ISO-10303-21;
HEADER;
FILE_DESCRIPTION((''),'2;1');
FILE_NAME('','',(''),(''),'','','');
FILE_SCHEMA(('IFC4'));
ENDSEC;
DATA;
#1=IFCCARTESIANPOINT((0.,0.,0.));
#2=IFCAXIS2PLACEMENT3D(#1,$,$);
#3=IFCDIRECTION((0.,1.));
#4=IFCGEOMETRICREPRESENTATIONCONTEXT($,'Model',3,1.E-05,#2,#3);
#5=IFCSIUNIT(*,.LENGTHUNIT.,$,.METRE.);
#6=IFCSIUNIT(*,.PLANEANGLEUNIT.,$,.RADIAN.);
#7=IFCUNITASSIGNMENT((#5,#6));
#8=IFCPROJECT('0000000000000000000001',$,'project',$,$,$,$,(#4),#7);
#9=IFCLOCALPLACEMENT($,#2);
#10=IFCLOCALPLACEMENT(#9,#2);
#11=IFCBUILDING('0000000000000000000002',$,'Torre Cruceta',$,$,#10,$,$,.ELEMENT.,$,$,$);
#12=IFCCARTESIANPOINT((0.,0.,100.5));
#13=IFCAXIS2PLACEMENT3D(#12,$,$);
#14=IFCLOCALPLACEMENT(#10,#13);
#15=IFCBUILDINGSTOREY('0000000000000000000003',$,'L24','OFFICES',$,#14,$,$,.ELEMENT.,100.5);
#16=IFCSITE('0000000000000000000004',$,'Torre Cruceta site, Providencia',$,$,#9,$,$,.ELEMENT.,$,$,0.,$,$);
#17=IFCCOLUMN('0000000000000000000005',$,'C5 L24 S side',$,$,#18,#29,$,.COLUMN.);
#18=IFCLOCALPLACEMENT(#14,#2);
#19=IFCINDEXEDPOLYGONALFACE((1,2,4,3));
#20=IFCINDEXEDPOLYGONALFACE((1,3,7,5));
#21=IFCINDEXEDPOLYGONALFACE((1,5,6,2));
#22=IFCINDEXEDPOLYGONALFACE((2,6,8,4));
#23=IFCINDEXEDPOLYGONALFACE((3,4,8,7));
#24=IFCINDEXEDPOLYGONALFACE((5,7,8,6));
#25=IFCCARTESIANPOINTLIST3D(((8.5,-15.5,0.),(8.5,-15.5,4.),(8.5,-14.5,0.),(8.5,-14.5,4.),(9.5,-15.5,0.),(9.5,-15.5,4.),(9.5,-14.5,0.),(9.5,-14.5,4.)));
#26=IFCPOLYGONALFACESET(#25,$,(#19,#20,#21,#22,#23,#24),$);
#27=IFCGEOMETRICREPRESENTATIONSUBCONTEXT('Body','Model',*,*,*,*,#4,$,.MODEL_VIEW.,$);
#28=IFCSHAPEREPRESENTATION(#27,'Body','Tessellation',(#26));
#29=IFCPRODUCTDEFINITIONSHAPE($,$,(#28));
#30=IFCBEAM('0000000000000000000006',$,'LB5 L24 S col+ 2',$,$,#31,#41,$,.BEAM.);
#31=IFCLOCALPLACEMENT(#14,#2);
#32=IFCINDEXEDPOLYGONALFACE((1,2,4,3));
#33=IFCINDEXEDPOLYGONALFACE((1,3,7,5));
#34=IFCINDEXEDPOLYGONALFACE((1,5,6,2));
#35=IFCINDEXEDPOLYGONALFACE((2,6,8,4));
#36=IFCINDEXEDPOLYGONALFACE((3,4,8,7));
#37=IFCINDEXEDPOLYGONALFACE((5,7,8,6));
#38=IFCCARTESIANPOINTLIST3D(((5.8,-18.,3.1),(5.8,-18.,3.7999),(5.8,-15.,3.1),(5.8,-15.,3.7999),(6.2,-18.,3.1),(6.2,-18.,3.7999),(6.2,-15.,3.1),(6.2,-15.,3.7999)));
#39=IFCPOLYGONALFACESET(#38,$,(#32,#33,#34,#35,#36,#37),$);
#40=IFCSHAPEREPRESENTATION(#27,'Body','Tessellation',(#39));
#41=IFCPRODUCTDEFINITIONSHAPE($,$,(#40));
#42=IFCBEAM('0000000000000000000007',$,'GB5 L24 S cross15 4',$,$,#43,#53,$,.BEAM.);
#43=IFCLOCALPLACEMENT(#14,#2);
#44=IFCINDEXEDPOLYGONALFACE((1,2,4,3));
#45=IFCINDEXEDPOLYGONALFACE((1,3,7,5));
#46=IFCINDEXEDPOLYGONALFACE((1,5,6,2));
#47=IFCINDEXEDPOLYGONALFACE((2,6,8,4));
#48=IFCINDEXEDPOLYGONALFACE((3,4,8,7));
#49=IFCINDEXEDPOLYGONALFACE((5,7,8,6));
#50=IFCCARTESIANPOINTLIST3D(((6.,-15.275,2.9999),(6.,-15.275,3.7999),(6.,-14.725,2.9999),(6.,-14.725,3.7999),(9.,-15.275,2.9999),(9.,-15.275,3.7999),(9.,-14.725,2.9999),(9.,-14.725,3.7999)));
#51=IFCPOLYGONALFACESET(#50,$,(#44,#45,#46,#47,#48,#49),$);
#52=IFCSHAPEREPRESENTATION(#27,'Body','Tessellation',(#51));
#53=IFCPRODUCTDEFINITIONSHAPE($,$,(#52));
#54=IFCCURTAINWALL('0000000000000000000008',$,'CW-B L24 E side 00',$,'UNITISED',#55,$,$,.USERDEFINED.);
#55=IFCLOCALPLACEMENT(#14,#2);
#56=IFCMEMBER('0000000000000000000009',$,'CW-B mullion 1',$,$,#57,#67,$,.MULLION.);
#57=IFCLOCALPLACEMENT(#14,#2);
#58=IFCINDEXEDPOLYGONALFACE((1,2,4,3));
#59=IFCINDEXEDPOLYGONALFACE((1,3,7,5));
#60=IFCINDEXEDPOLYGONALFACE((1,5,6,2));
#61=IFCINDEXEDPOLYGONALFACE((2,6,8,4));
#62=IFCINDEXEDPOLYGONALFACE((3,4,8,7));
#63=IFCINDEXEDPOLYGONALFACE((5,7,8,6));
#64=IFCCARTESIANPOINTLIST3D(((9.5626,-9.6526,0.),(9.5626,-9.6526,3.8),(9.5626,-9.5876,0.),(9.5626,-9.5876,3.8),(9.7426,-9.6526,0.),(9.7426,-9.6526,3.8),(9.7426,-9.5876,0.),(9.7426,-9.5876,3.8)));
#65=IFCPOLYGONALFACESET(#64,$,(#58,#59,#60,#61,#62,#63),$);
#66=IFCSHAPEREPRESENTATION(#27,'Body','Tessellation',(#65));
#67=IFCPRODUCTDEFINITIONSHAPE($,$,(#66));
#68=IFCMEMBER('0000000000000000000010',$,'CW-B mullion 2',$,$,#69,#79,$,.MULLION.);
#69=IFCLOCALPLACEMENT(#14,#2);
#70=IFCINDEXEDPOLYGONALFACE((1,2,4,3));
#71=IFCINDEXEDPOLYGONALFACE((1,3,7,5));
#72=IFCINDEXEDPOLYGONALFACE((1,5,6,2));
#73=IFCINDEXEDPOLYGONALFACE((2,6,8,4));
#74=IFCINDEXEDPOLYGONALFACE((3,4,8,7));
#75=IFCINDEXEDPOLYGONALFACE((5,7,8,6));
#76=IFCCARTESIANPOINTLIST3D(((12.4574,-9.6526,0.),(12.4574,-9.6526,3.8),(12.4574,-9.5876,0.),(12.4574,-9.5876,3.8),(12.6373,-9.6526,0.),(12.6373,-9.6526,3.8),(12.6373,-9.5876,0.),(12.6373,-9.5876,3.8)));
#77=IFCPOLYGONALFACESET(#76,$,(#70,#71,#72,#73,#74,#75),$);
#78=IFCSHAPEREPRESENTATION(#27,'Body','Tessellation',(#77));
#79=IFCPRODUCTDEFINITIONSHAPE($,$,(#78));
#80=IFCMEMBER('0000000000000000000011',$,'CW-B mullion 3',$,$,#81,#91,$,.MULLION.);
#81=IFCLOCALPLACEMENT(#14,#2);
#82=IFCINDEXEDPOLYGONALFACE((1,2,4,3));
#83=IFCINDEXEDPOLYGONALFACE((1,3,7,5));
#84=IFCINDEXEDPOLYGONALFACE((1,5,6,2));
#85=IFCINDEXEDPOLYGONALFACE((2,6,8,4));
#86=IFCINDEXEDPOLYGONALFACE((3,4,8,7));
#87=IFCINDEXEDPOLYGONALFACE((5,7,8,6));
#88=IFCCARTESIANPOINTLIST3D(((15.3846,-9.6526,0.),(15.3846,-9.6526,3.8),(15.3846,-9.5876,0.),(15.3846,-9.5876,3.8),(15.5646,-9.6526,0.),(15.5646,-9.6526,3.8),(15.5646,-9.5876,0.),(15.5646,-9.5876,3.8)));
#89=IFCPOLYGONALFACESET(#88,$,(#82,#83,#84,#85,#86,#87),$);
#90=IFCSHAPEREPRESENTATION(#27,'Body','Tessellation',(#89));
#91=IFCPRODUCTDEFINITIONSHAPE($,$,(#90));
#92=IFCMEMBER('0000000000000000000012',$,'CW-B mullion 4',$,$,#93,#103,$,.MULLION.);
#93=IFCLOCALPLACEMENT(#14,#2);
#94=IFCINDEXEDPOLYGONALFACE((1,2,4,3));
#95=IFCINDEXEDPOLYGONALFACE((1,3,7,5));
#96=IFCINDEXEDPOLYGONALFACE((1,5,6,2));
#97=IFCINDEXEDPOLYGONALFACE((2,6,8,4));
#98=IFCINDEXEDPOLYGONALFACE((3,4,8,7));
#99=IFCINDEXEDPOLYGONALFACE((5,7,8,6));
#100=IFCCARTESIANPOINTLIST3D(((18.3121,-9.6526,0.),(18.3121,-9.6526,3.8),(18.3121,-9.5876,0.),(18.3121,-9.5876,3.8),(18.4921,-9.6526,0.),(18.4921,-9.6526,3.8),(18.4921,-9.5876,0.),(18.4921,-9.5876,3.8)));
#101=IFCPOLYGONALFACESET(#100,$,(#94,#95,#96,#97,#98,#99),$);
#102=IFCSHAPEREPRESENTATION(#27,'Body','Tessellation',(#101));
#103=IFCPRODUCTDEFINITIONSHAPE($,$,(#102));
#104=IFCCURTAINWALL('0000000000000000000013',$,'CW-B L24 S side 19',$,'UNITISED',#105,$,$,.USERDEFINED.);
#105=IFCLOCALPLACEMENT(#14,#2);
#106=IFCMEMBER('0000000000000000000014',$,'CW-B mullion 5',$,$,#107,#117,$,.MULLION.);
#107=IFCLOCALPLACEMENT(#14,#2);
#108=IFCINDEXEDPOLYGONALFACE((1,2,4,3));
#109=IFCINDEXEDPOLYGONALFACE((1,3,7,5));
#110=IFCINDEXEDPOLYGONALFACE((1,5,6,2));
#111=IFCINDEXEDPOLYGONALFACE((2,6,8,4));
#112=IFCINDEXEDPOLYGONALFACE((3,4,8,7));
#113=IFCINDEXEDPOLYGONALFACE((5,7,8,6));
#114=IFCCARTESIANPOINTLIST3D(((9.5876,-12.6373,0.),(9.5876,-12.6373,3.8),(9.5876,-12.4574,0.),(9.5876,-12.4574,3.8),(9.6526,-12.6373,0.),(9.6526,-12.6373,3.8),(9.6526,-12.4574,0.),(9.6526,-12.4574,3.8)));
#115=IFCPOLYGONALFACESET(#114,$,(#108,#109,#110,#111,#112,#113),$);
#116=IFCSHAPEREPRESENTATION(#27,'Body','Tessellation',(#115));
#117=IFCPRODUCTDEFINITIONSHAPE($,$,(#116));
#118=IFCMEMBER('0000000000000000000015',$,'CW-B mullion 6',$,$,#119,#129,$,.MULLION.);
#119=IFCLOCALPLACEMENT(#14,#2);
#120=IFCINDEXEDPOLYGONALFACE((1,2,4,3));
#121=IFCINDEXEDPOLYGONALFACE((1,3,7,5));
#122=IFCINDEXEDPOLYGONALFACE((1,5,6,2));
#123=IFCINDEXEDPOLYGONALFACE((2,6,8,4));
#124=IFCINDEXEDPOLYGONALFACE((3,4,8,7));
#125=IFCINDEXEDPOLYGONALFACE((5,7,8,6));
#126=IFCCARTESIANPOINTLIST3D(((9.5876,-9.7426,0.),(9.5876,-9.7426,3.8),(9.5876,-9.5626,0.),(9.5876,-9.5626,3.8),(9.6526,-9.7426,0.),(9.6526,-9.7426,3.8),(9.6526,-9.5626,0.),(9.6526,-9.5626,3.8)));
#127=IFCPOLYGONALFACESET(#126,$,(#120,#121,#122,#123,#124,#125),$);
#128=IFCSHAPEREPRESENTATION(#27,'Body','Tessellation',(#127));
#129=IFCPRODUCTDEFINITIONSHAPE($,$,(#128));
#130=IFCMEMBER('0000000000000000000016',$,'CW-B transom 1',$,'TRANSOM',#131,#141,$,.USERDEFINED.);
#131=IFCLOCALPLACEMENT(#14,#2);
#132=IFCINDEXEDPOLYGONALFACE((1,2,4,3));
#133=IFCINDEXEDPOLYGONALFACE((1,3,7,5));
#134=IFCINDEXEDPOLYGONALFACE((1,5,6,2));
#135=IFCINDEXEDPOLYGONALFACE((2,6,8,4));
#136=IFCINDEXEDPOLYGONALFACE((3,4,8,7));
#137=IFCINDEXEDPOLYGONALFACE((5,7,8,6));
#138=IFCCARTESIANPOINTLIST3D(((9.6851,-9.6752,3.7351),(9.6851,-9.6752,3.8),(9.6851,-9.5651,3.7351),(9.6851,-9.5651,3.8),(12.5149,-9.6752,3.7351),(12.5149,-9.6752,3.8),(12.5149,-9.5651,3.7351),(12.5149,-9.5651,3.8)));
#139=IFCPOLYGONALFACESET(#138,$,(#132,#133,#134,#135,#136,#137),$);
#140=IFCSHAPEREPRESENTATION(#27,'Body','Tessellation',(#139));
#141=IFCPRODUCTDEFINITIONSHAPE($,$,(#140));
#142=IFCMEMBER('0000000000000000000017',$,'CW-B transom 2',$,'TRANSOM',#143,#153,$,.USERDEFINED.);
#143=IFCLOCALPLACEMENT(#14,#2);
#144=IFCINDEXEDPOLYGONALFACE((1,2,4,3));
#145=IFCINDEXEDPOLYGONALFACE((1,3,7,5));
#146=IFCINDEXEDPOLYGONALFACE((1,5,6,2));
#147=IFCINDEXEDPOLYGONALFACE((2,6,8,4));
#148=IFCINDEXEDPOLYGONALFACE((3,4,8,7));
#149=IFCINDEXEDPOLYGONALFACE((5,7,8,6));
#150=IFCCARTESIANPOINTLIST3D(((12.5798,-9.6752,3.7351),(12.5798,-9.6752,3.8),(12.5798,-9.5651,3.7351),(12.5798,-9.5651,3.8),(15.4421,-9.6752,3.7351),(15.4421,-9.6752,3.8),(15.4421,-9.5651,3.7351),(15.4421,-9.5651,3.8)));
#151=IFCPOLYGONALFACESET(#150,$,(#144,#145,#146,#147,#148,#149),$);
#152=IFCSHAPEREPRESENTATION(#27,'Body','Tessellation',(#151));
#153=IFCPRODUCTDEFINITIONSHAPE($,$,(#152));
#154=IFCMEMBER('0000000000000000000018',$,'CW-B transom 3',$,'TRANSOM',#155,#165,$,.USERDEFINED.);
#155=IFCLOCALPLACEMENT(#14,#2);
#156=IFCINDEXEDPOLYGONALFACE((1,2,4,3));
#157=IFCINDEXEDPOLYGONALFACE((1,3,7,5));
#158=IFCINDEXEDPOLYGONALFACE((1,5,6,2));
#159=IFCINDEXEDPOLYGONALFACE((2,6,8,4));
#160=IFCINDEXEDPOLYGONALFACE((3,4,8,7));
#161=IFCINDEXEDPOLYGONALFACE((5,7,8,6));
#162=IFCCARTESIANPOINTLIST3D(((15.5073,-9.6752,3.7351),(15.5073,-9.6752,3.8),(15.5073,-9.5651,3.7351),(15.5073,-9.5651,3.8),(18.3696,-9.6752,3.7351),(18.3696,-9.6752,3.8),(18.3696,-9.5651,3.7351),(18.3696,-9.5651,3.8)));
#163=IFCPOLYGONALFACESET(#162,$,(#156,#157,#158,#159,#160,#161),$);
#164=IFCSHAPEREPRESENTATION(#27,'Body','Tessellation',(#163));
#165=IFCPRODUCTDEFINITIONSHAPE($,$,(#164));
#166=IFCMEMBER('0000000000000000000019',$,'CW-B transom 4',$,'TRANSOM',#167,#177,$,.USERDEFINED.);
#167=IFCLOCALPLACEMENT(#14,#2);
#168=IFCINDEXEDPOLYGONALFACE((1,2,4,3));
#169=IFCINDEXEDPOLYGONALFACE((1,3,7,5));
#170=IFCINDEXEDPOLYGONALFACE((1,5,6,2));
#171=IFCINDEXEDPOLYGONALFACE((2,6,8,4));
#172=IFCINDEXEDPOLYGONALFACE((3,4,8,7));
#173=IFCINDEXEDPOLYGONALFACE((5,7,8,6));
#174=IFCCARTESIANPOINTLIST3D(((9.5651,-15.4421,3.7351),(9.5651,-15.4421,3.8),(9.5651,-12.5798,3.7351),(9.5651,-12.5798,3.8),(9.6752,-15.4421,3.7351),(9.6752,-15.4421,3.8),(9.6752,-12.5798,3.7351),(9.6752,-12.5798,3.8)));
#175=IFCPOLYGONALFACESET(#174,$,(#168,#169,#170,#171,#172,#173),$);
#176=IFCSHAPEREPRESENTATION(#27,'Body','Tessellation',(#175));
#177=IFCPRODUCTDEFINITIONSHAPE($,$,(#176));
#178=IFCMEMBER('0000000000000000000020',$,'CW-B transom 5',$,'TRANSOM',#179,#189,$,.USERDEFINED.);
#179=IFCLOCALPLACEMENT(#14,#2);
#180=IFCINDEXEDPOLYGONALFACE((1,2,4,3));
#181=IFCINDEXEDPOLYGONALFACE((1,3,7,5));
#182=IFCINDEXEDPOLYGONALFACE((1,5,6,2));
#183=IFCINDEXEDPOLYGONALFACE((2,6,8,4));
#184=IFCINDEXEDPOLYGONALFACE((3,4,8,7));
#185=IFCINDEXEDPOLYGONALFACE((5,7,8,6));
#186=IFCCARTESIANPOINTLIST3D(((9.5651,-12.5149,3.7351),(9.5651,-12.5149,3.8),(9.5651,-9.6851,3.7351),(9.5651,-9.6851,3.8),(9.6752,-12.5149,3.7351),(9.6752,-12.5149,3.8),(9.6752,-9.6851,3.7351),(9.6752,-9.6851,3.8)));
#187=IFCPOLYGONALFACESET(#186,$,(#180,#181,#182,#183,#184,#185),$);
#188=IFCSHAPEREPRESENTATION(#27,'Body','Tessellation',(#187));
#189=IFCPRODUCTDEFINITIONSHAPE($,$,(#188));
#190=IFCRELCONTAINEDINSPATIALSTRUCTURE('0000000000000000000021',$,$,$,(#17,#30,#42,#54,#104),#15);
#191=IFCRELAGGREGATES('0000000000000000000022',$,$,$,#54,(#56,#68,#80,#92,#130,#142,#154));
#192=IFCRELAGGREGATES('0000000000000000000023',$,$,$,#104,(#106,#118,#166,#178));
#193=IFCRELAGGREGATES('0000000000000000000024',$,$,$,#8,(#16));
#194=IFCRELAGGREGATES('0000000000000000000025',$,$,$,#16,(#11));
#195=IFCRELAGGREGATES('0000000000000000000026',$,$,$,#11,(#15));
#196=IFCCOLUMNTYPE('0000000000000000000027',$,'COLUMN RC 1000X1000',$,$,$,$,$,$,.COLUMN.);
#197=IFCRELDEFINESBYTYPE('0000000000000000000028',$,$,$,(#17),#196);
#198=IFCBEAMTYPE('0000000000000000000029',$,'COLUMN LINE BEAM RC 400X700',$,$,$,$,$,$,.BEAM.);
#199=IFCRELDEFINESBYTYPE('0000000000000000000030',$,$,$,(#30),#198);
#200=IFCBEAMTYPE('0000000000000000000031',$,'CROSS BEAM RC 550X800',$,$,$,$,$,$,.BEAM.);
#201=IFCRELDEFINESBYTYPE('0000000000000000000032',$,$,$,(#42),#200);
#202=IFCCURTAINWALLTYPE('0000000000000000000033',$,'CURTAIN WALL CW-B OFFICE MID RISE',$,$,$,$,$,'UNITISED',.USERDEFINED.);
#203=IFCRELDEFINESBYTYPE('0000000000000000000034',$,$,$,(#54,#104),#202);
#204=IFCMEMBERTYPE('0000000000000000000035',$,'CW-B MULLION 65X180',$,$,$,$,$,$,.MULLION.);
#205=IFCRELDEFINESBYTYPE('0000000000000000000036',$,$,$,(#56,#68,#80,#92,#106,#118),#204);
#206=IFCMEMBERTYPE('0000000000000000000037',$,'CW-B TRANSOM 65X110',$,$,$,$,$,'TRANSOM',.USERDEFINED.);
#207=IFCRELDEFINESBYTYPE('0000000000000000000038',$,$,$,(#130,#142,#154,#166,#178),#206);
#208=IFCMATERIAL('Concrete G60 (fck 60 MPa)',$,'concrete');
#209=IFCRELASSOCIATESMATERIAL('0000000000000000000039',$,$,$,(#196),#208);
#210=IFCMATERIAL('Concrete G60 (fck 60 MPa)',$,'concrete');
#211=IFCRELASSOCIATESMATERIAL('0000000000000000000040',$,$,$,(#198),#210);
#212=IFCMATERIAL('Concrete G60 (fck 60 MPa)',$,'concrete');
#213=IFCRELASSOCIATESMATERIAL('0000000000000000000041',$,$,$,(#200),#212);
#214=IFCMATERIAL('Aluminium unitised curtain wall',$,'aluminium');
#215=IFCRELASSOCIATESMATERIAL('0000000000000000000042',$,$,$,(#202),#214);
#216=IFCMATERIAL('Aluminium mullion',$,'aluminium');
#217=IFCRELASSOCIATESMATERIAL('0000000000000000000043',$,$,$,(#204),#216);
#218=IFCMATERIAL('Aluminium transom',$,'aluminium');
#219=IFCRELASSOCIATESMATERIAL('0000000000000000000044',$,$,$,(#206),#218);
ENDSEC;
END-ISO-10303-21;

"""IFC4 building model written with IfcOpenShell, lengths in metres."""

from ifc_helpers import new_model, si_unit, direction, frame, origin, origin_2d, place, context, subcontext, project, spatial, rectangle, extrude, material, material_profile, profile_set, type_object, element, aggregate, save


model = new_model("IFC4")

# Units and contexts
model_context = context("Model", 3, precision=1e-05, world=origin(), true_north=direction((0.0, 1.0)))
body_context = subcontext(model_context, "Body", "Model", "MODEL_VIEW")
ifc_project = project(units=[si_unit("LENGTHUNIT", "METRE"), si_unit("PLANEANGLEUNIT", "RADIAN")], contexts=[model_context])

# Site, building, storey
site_placement = place(None, origin())
site = spatial("IfcSite", under=ifc_project, at=site_placement, Name="Torre Cruceta site, Providencia", CompositionType="ELEMENT", RefElevation=0.0)
building_placement = place(site_placement, origin())
building = spatial("IfcBuilding", under=site, at=building_placement, Name="Torre Cruceta", CompositionType="ELEMENT")
storey_placement = place(building_placement, frame((0.0, 0.0, 100.5)))
storey = spatial("IfcBuildingStorey", under=building, at=storey_placement, Name="L24", Description="OFFICES", CompositionType="ELEMENT", Elevation=100.5)

# Column
ifc_material_1 = material(Name="Concrete G60 (fck 60 MPa)", Category="concrete")
ifc_material_profile_1 = material_profile(ifc_material_1, rectangle(XDim=1.0, YDim=1.0, at=origin_2d()), Name="RC 1000X1000")
ifc_profile_set_1 = profile_set([ifc_material_profile_1], Name="Concrete G60 (fck 60 MPa)")
column_type = type_object("IfcColumnType", Name="COLUMN RC 1000X1000", PredefinedType="COLUMN", material=ifc_profile_set_1)
column_placement = place(storey_placement, frame((9.0, -15.0, 0.0), z_axis=(0.0, 0.0, 1.0), x_axis=(1.0, 0.0, 0.0)))
element("IfcColumn", 1, at=column_placement, inside=storey, type_object=column_type, Name="C5 L24 S side", PredefinedType="COLUMN", context=body_context, shape_type="SweptSolid", body=[
    extrude(rectangle(XDim=1.0, YDim=1.0, at=origin_2d()), origin(), (0.0, 0.0, 1.0), 4.0),
])

# Beams
ifc_material_2 = material(Name="Concrete G60 (fck 60 MPa)", Category="concrete")
ifc_material_profile_2 = material_profile(ifc_material_2, rectangle(XDim=0.3999, YDim=0.7, at=origin_2d()), Name="RC 400X700")
ifc_profile_set_2 = profile_set([ifc_material_profile_2], Name="Concrete G60 (fck 60 MPa)")
beam_type_1 = type_object("IfcBeamType", Name="COLUMN LINE BEAM RC 400X700", PredefinedType="BEAM", material=ifc_profile_set_2)
beam_1_placement = place(storey_placement, frame((6.0, -15.0, 3.45), z_axis=(0.0, -1.0, 0.0), x_axis=(1.0, 0.0, 0.0)))
element("IfcBeam", 2, at=beam_1_placement, inside=storey, type_object=beam_type_1, Name="LB5 L24 S col+ 2", PredefinedType="BEAM", context=body_context, shape_type="SweptSolid", body=[
    extrude(rectangle(XDim=0.3999, YDim=0.7, at=origin_2d()), origin(), (0.0, 0.0, 1.0), 3.0),
])
ifc_material_3 = material(Name="Concrete G60 (fck 60 MPa)", Category="concrete")
ifc_material_profile_3 = material_profile(ifc_material_3, rectangle(XDim=0.55, YDim=0.8, at=origin_2d()), Name="RC 550X800")
ifc_profile_set_3 = profile_set([ifc_material_profile_3], Name="Concrete G60 (fck 60 MPa)")
beam_type_2 = type_object("IfcBeamType", Name="CROSS BEAM RC 550X800", PredefinedType="BEAM", material=ifc_profile_set_3)
beam_2_placement = place(storey_placement, frame((6.0, -15.0, 3.3999), z_axis=(1.0, 0.0, 0.0), x_axis=(0.0, 1.0, 0.0)))
element("IfcBeam", 3, at=beam_2_placement, inside=storey, type_object=beam_type_2, Name="GB5 L24 S cross15 4", PredefinedType="BEAM", context=body_context, shape_type="SweptSolid", body=[
    extrude(rectangle(XDim=0.55, YDim=0.8, at=origin_2d()), origin(), (0.0, 0.0, 1.0), 3.0),
])

# Curtain walls, members
ifc_material_4 = material(Name="Aluminium unitised curtain wall", Category="aluminium")
curtain_wall_type = type_object("IfcCurtainWallType", Name="CURTAIN WALL CW-B OFFICE MID RISE", ElementType="UNITISED", PredefinedType="USERDEFINED", material=ifc_material_4)
curtain_wall_1_placement = place(storey_placement, origin())
curtain_wall_1 = element("IfcCurtainWall", 4, at=curtain_wall_1_placement, inside=storey, type_object=curtain_wall_type, Name="CW-B L24 E side 00", ObjectType="UNITISED", PredefinedType="USERDEFINED")
ifc_material_5 = material(Name="Aluminium mullion", Category="aluminium")
ifc_material_profile_4 = material_profile(ifc_material_5, rectangle(XDim=0.0649, YDim=0.1799, at=origin_2d()), Name="AL 65X180")
ifc_profile_set_4 = profile_set([ifc_material_profile_4], Name="Aluminium mullion")
member_type_1 = type_object("IfcMemberType", Name="CW-B MULLION 65X180", PredefinedType="MULLION", material=ifc_profile_set_4)
member_1_placement = place(storey_placement, frame((9.6526, -9.6201, 0.0), z_axis=(0.0, 0.0, 1.0), x_axis=(0.0, 1.0, 0.0)))
member_1 = element("IfcMember", 5, at=member_1_placement, type_object=member_type_1, Name="CW-B mullion 1", PredefinedType="MULLION", context=body_context, shape_type="SweptSolid", body=[
    extrude(rectangle(XDim=0.0649, YDim=0.1799, at=origin_2d()), origin(), (0.0, 0.0, 1.0), 3.8),
])
member_2_placement = place(storey_placement, frame((12.5474, -9.6201, 0.0), z_axis=(0.0, 0.0, 1.0), x_axis=(0.0, 1.0, 0.0)))
member_2 = element("IfcMember", 6, at=member_2_placement, type_object=member_type_1, Name="CW-B mullion 2", PredefinedType="MULLION", context=body_context, shape_type="SweptSolid", body=[
    extrude(rectangle(XDim=0.0649, YDim=0.1799, at=origin_2d()), origin(), (0.0, 0.0, 1.0), 3.8),
])
member_3_placement = place(storey_placement, frame((15.4746, -9.6201, 0.0), z_axis=(0.0, 0.0, 1.0), x_axis=(0.0, 1.0, 0.0)))
member_3 = element("IfcMember", 7, at=member_3_placement, type_object=member_type_1, Name="CW-B mullion 3", PredefinedType="MULLION", context=body_context, shape_type="SweptSolid", body=[
    extrude(rectangle(XDim=0.0649, YDim=0.1799, at=origin_2d()), origin(), (0.0, 0.0, 1.0), 3.8),
])
member_4_placement = place(storey_placement, frame((18.4021, -9.6201, 0.0), z_axis=(0.0, 0.0, 1.0), x_axis=(0.0, 1.0, 0.0)))
member_4 = element("IfcMember", 8, at=member_4_placement, type_object=member_type_1, Name="CW-B mullion 4", PredefinedType="MULLION", context=body_context, shape_type="SweptSolid", body=[
    extrude(rectangle(XDim=0.0649, YDim=0.1799, at=origin_2d()), origin(), (0.0, 0.0, 1.0), 3.8),
])
curtain_wall_2_placement = place(storey_placement, origin())
curtain_wall_2 = element("IfcCurtainWall", 9, at=curtain_wall_2_placement, inside=storey, type_object=curtain_wall_type, Name="CW-B L24 S side 19", ObjectType="UNITISED", PredefinedType="USERDEFINED")
member_5_placement = place(storey_placement, frame((9.6201, -12.5474, 0.0), z_axis=(0.0, 0.0, 1.0), x_axis=(-1.0, 0.0, 0.0)))
member_5 = element("IfcMember", 10, at=member_5_placement, type_object=member_type_1, Name="CW-B mullion 5", PredefinedType="MULLION", context=body_context, shape_type="SweptSolid", body=[
    extrude(rectangle(XDim=0.0649, YDim=0.1799, at=origin_2d()), origin(), (0.0, 0.0, 1.0), 3.8),
])
member_6_placement = place(storey_placement, frame((9.6201, -9.6526, 0.0), z_axis=(0.0, 0.0, 1.0), x_axis=(-1.0, 0.0, 0.0)))
member_6 = element("IfcMember", 11, at=member_6_placement, type_object=member_type_1, Name="CW-B mullion 6", PredefinedType="MULLION", context=body_context, shape_type="SweptSolid", body=[
    extrude(rectangle(XDim=0.0649, YDim=0.1799, at=origin_2d()), origin(), (0.0, 0.0, 1.0), 3.8),
])

# Members
ifc_material_6 = material(Name="Aluminium transom", Category="aluminium")
ifc_material_profile_5 = material_profile(ifc_material_6, rectangle(XDim=0.1101, YDim=0.0649, at=origin_2d()), Name="AL 110X65")
ifc_profile_set_5 = profile_set([ifc_material_profile_5], Name="Aluminium transom")
member_type_2 = type_object("IfcMemberType", Name="CW-B TRANSOM 65X110", ElementType="TRANSOM", PredefinedType="USERDEFINED", material=ifc_profile_set_5)
member_7_placement = place(storey_placement, frame((9.6851, -9.6201, 3.7676), z_axis=(1.0, 0.0, 0.0), x_axis=(0.0, 1.0, 0.0)))
member_7 = element("IfcMember", 12, at=member_7_placement, type_object=member_type_2, Name="CW-B transom 1", ObjectType="TRANSOM", PredefinedType="USERDEFINED", context=body_context, shape_type="SweptSolid", body=[
    extrude(rectangle(XDim=0.1101, YDim=0.0649, at=origin_2d()), origin(), (0.0, 0.0, 1.0), 2.8298),
])
member_8_placement = place(storey_placement, frame((12.5798, -9.6201, 3.7676), z_axis=(1.0, 0.0, 0.0), x_axis=(0.0, 1.0, 0.0)))
member_8 = element("IfcMember", 13, at=member_8_placement, type_object=member_type_2, Name="CW-B transom 2", ObjectType="TRANSOM", PredefinedType="USERDEFINED", context=body_context, shape_type="SweptSolid", body=[
    extrude(rectangle(XDim=0.1101, YDim=0.0649, at=origin_2d()), origin(), (0.0, 0.0, 1.0), 2.8623),
])
member_9_placement = place(storey_placement, frame((15.5073, -9.6201, 3.7676), z_axis=(1.0, 0.0, 0.0), x_axis=(0.0, 1.0, 0.0)))
member_9 = element("IfcMember", 14, at=member_9_placement, type_object=member_type_2, Name="CW-B transom 3", ObjectType="TRANSOM", PredefinedType="USERDEFINED", context=body_context, shape_type="SweptSolid", body=[
    extrude(rectangle(XDim=0.1101, YDim=0.0649, at=origin_2d()), origin(), (0.0, 0.0, 1.0), 2.8623),
])
member_10_placement = place(storey_placement, frame((9.6201, -15.4421, 3.7676), z_axis=(0.0, 1.0, 0.0), x_axis=(-1.0, 0.0, 0.0)))
member_10 = element("IfcMember", 15, at=member_10_placement, type_object=member_type_2, Name="CW-B transom 4", ObjectType="TRANSOM", PredefinedType="USERDEFINED", context=body_context, shape_type="SweptSolid", body=[
    extrude(rectangle(XDim=0.1101, YDim=0.0649, at=origin_2d()), origin(), (0.0, 0.0, 1.0), 2.8623),
])
member_11_placement = place(storey_placement, frame((9.6201, -12.5149, 3.7676), z_axis=(0.0, 1.0, 0.0), x_axis=(-1.0, 0.0, 0.0)))
member_11 = element("IfcMember", 16, at=member_11_placement, type_object=member_type_2, Name="CW-B transom 5", ObjectType="TRANSOM", PredefinedType="USERDEFINED", context=body_context, shape_type="SweptSolid", body=[
    extrude(rectangle(XDim=0.1101, YDim=0.0649, at=origin_2d()), origin(), (0.0, 0.0, 1.0), 2.8298),
])

aggregate(curtain_wall_1, [member_1, member_2, member_3, member_4, member_7, member_8, member_9])
aggregate(curtain_wall_2, [member_5, member_6, member_10, member_11])

save(model, "model.ifc")
